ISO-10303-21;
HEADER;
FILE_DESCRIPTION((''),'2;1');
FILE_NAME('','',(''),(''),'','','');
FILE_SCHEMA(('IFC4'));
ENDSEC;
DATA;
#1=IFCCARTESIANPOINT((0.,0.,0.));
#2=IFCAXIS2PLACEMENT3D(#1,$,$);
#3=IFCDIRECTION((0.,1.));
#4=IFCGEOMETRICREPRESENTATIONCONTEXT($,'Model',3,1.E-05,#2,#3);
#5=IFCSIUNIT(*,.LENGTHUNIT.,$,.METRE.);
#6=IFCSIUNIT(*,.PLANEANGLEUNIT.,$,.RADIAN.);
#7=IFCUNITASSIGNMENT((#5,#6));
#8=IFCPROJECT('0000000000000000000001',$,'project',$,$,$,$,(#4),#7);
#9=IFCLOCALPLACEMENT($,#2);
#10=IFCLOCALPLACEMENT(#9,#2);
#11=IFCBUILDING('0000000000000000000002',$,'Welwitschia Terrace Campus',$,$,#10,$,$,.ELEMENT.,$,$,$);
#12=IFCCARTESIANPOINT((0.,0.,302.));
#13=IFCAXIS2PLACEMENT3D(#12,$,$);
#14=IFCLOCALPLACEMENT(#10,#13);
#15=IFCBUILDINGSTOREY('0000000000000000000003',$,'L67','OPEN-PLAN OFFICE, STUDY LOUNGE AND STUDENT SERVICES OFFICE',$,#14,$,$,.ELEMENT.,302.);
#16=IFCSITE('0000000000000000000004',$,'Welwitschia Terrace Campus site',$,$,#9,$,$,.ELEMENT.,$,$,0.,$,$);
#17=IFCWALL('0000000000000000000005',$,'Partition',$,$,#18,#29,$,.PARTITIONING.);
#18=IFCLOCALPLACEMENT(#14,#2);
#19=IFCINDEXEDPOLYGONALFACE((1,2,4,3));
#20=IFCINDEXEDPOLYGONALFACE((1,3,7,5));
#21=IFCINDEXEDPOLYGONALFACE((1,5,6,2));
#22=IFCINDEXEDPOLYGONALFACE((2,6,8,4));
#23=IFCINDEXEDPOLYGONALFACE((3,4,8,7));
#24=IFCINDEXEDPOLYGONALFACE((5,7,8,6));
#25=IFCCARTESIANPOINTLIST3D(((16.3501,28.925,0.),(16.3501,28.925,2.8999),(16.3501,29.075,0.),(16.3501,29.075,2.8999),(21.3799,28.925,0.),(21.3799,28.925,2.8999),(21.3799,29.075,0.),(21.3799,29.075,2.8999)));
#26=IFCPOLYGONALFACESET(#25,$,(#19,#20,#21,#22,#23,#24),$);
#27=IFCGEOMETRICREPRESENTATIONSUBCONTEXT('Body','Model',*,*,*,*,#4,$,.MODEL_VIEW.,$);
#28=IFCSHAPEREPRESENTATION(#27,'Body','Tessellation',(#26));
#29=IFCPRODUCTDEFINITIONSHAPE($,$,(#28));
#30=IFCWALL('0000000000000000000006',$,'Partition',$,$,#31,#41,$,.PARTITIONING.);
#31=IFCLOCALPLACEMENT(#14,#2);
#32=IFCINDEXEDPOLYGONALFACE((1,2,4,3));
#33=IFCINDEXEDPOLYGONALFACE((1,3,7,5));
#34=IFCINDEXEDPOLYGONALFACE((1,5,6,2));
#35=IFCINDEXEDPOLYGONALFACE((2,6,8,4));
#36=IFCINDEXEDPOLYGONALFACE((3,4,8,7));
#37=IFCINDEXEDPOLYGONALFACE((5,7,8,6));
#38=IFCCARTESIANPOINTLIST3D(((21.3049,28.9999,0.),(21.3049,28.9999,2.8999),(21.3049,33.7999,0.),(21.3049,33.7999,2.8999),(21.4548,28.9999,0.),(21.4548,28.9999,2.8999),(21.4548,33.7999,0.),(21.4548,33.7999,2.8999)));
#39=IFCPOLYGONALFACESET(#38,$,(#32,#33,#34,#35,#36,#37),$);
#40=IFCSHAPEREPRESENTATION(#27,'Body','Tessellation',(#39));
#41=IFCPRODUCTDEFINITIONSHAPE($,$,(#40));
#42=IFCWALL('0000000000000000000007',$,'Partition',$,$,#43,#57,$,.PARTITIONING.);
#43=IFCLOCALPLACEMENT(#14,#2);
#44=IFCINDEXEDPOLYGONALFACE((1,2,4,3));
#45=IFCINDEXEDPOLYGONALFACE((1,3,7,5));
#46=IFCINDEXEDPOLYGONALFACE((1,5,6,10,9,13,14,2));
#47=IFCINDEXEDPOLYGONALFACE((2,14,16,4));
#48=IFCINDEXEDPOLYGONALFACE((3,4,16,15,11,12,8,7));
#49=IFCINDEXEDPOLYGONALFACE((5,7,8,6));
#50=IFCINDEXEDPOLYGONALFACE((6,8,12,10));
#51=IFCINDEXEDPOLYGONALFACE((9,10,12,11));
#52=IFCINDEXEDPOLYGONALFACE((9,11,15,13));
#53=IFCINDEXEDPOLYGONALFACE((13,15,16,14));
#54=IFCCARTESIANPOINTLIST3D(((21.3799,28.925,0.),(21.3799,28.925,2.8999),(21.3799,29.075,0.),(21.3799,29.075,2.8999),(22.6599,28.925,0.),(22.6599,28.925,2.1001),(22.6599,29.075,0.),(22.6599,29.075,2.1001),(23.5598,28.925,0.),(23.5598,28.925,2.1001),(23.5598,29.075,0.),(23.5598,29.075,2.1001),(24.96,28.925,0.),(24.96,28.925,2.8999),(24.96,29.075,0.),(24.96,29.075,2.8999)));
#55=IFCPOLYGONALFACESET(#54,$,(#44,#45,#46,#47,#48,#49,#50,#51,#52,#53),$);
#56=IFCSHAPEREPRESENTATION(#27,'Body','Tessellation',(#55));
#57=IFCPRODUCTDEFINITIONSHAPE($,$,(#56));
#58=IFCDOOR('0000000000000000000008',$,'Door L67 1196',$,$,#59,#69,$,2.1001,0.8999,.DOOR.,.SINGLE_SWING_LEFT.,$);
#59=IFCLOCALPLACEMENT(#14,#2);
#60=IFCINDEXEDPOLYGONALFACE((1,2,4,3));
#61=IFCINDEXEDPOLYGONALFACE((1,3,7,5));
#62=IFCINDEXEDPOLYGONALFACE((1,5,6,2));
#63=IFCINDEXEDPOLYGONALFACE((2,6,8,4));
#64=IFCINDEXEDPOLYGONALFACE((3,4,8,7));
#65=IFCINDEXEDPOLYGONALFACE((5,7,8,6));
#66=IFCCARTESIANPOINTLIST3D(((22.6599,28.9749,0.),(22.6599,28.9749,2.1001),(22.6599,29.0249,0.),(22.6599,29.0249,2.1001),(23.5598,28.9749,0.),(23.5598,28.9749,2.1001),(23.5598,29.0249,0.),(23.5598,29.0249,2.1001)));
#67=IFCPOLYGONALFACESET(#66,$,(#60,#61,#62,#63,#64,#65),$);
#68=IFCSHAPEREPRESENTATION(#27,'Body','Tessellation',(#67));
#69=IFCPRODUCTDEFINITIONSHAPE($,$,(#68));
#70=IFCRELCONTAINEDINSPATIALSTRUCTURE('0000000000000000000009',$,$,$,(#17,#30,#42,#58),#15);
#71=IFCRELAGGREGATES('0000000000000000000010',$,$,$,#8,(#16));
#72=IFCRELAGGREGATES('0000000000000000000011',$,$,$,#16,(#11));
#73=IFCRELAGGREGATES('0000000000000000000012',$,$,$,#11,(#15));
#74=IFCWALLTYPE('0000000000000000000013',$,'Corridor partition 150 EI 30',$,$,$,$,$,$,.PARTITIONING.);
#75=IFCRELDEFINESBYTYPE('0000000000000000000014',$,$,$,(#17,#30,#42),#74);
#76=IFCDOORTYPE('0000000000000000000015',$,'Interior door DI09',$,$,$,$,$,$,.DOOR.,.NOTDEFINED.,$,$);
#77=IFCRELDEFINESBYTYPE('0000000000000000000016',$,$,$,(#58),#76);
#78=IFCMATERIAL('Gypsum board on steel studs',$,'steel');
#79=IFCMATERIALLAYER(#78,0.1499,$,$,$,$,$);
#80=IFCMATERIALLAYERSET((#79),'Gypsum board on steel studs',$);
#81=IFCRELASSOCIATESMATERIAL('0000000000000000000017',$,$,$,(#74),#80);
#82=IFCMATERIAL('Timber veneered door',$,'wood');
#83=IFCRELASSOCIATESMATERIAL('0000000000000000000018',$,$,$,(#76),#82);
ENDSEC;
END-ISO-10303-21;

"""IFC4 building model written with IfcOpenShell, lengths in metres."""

from ifc_helpers import new_model, si_unit, direction, frame, frame_2d, origin, place, context, subcontext, project, spatial, rectangle, extrude, material, layer, layer_set, type_object, element, fill, save


model = new_model("IFC4")

# Units and contexts
model_context = context("Model", 3, precision=1e-05, world=origin(), true_north=direction((0.0, 1.0)))
body_context = subcontext(model_context, "Body", "Model", "MODEL_VIEW")
ifc_project = project(units=[si_unit("LENGTHUNIT", "METRE"), si_unit("PLANEANGLEUNIT", "RADIAN")], contexts=[model_context])

# Site, building, storey
site_placement = place(None, origin())
site = spatial("IfcSite", under=ifc_project, at=site_placement, Name="Welwitschia Terrace Campus site", CompositionType="ELEMENT", RefElevation=0.0)
building_placement = place(site_placement, origin())
building = spatial("IfcBuilding", under=site, at=building_placement, Name="Welwitschia Terrace Campus", CompositionType="ELEMENT")
storey_placement = place(building_placement, frame((0.0, 0.0, 302.0)))
storey = spatial("IfcBuildingStorey", under=building, at=storey_placement, Name="L67", Description="OPEN-PLAN OFFICE, STUDY LOUNGE AND STUDENT SERVICES OFFICE", CompositionType="ELEMENT", Elevation=302.0)

# Shared definitions
ifc_material_1 = material(Name="Gypsum board on steel studs", Category="steel")
ifc_layer_1 = layer(ifc_material_1, 0.1499)
ifc_layer_set_1 = layer_set([ifc_layer_1], Name="Gypsum board on steel studs")
wall_type_1 = type_object("IfcWallType", Name="Corridor partition 150 EI 30", PredefinedType="PARTITIONING", material=ifc_layer_set_1)

# Shared definitions
ifc_material_2 = material(Name="Timber veneered door", Category="wood")
door_type_1 = type_object("IfcDoorType", Name="Interior door DI09", OperationType="NOTDEFINED", PredefinedType="DOOR", material=ifc_material_2)

# Walls
wall_1_placement = place(storey_placement, frame((16.3501, 29.0, 0.0), z_axis=(0.0, 0.0, 1.0), x_axis=(1.0, 0.0, 0.0)))
element("IfcWall", 1, at=wall_1_placement, inside=storey, type_object=wall_type_1, Name="Partition", PredefinedType="PARTITIONING", context=body_context, shape_type="SweptSolid", body=[
    extrude(rectangle(XDim=5.0298, YDim=0.1499, at=frame_2d((2.5149, 0.0))), origin(), (0.0, 0.0, 1.0), 2.8999),
])
wall_2_placement = place(storey_placement, frame((21.3799, 29.0, 0.0), z_axis=(0.0, 0.0, 1.0), x_axis=(0.0, 1.0, 0.0)))
element("IfcWall", 2, at=wall_2_placement, inside=storey, type_object=wall_type_1, Name="Partition", PredefinedType="PARTITIONING", context=body_context, shape_type="SweptSolid", body=[
    extrude(rectangle(XDim=4.8, YDim=0.1499, at=frame_2d((2.3999, 0.0))), origin(), (0.0, 0.0, 1.0), 2.8999),
])

# Wall, opening, door
wall_3_placement = place(storey_placement, frame((21.3799, 29.0, 0.0), z_axis=(0.0, 0.0, 1.0), x_axis=(1.0, 0.0, 0.0)))
wall_3 = element("IfcWall", 3, at=wall_3_placement, inside=storey, type_object=wall_type_1, Name="Partition", PredefinedType="PARTITIONING", context=body_context, shape_type="SweptSolid", body=[
    extrude(rectangle(XDim=3.5801, YDim=0.1499, at=frame_2d((1.79, 0.0))), origin(), (0.0, 0.0, 1.0), 2.8999),
])
opening_1_placement = place(wall_3_placement, frame((1.28, 0.0, 0.0)))
opening_1 = element("IfcOpeningElement", 4, at=opening_1_placement, cuts=wall_3, PredefinedType="OPENING", context=body_context, shape_type="SweptSolid", body=[
    extrude(rectangle(XDim=0.8999, YDim=2.1001, at=frame_2d((0.45, 1.05))), frame((0.0, 0.085, 0.0), z_axis=(0.0, -1.0, 0.0), x_axis=(1.0, 0.0, 0.0)), (0.0, 0.0, 1.0), 0.1699),
])
door_1_placement = place(opening_1_placement, origin())
door_1 = element("IfcDoor", 5, at=door_1_placement, inside=storey, type_object=door_type_1, Name="Door L67 1196", OperationType="SINGLE_SWING_LEFT", OverallHeight=2.1001, OverallWidth=0.8999, PredefinedType="DOOR", context=body_context, shape_type="SweptSolid", body=[
    extrude(rectangle(XDim=0.8999, YDim=2.1001, at=frame_2d((0.45, 1.05))), frame((0.0, 0.0249, 0.0), z_axis=(0.0, -1.0, 0.0), x_axis=(1.0, 0.0, 0.0)), (0.0, 0.0, 1.0), 0.05),
])
fill(opening_1, door_1)

save(model, "model.ifc")
